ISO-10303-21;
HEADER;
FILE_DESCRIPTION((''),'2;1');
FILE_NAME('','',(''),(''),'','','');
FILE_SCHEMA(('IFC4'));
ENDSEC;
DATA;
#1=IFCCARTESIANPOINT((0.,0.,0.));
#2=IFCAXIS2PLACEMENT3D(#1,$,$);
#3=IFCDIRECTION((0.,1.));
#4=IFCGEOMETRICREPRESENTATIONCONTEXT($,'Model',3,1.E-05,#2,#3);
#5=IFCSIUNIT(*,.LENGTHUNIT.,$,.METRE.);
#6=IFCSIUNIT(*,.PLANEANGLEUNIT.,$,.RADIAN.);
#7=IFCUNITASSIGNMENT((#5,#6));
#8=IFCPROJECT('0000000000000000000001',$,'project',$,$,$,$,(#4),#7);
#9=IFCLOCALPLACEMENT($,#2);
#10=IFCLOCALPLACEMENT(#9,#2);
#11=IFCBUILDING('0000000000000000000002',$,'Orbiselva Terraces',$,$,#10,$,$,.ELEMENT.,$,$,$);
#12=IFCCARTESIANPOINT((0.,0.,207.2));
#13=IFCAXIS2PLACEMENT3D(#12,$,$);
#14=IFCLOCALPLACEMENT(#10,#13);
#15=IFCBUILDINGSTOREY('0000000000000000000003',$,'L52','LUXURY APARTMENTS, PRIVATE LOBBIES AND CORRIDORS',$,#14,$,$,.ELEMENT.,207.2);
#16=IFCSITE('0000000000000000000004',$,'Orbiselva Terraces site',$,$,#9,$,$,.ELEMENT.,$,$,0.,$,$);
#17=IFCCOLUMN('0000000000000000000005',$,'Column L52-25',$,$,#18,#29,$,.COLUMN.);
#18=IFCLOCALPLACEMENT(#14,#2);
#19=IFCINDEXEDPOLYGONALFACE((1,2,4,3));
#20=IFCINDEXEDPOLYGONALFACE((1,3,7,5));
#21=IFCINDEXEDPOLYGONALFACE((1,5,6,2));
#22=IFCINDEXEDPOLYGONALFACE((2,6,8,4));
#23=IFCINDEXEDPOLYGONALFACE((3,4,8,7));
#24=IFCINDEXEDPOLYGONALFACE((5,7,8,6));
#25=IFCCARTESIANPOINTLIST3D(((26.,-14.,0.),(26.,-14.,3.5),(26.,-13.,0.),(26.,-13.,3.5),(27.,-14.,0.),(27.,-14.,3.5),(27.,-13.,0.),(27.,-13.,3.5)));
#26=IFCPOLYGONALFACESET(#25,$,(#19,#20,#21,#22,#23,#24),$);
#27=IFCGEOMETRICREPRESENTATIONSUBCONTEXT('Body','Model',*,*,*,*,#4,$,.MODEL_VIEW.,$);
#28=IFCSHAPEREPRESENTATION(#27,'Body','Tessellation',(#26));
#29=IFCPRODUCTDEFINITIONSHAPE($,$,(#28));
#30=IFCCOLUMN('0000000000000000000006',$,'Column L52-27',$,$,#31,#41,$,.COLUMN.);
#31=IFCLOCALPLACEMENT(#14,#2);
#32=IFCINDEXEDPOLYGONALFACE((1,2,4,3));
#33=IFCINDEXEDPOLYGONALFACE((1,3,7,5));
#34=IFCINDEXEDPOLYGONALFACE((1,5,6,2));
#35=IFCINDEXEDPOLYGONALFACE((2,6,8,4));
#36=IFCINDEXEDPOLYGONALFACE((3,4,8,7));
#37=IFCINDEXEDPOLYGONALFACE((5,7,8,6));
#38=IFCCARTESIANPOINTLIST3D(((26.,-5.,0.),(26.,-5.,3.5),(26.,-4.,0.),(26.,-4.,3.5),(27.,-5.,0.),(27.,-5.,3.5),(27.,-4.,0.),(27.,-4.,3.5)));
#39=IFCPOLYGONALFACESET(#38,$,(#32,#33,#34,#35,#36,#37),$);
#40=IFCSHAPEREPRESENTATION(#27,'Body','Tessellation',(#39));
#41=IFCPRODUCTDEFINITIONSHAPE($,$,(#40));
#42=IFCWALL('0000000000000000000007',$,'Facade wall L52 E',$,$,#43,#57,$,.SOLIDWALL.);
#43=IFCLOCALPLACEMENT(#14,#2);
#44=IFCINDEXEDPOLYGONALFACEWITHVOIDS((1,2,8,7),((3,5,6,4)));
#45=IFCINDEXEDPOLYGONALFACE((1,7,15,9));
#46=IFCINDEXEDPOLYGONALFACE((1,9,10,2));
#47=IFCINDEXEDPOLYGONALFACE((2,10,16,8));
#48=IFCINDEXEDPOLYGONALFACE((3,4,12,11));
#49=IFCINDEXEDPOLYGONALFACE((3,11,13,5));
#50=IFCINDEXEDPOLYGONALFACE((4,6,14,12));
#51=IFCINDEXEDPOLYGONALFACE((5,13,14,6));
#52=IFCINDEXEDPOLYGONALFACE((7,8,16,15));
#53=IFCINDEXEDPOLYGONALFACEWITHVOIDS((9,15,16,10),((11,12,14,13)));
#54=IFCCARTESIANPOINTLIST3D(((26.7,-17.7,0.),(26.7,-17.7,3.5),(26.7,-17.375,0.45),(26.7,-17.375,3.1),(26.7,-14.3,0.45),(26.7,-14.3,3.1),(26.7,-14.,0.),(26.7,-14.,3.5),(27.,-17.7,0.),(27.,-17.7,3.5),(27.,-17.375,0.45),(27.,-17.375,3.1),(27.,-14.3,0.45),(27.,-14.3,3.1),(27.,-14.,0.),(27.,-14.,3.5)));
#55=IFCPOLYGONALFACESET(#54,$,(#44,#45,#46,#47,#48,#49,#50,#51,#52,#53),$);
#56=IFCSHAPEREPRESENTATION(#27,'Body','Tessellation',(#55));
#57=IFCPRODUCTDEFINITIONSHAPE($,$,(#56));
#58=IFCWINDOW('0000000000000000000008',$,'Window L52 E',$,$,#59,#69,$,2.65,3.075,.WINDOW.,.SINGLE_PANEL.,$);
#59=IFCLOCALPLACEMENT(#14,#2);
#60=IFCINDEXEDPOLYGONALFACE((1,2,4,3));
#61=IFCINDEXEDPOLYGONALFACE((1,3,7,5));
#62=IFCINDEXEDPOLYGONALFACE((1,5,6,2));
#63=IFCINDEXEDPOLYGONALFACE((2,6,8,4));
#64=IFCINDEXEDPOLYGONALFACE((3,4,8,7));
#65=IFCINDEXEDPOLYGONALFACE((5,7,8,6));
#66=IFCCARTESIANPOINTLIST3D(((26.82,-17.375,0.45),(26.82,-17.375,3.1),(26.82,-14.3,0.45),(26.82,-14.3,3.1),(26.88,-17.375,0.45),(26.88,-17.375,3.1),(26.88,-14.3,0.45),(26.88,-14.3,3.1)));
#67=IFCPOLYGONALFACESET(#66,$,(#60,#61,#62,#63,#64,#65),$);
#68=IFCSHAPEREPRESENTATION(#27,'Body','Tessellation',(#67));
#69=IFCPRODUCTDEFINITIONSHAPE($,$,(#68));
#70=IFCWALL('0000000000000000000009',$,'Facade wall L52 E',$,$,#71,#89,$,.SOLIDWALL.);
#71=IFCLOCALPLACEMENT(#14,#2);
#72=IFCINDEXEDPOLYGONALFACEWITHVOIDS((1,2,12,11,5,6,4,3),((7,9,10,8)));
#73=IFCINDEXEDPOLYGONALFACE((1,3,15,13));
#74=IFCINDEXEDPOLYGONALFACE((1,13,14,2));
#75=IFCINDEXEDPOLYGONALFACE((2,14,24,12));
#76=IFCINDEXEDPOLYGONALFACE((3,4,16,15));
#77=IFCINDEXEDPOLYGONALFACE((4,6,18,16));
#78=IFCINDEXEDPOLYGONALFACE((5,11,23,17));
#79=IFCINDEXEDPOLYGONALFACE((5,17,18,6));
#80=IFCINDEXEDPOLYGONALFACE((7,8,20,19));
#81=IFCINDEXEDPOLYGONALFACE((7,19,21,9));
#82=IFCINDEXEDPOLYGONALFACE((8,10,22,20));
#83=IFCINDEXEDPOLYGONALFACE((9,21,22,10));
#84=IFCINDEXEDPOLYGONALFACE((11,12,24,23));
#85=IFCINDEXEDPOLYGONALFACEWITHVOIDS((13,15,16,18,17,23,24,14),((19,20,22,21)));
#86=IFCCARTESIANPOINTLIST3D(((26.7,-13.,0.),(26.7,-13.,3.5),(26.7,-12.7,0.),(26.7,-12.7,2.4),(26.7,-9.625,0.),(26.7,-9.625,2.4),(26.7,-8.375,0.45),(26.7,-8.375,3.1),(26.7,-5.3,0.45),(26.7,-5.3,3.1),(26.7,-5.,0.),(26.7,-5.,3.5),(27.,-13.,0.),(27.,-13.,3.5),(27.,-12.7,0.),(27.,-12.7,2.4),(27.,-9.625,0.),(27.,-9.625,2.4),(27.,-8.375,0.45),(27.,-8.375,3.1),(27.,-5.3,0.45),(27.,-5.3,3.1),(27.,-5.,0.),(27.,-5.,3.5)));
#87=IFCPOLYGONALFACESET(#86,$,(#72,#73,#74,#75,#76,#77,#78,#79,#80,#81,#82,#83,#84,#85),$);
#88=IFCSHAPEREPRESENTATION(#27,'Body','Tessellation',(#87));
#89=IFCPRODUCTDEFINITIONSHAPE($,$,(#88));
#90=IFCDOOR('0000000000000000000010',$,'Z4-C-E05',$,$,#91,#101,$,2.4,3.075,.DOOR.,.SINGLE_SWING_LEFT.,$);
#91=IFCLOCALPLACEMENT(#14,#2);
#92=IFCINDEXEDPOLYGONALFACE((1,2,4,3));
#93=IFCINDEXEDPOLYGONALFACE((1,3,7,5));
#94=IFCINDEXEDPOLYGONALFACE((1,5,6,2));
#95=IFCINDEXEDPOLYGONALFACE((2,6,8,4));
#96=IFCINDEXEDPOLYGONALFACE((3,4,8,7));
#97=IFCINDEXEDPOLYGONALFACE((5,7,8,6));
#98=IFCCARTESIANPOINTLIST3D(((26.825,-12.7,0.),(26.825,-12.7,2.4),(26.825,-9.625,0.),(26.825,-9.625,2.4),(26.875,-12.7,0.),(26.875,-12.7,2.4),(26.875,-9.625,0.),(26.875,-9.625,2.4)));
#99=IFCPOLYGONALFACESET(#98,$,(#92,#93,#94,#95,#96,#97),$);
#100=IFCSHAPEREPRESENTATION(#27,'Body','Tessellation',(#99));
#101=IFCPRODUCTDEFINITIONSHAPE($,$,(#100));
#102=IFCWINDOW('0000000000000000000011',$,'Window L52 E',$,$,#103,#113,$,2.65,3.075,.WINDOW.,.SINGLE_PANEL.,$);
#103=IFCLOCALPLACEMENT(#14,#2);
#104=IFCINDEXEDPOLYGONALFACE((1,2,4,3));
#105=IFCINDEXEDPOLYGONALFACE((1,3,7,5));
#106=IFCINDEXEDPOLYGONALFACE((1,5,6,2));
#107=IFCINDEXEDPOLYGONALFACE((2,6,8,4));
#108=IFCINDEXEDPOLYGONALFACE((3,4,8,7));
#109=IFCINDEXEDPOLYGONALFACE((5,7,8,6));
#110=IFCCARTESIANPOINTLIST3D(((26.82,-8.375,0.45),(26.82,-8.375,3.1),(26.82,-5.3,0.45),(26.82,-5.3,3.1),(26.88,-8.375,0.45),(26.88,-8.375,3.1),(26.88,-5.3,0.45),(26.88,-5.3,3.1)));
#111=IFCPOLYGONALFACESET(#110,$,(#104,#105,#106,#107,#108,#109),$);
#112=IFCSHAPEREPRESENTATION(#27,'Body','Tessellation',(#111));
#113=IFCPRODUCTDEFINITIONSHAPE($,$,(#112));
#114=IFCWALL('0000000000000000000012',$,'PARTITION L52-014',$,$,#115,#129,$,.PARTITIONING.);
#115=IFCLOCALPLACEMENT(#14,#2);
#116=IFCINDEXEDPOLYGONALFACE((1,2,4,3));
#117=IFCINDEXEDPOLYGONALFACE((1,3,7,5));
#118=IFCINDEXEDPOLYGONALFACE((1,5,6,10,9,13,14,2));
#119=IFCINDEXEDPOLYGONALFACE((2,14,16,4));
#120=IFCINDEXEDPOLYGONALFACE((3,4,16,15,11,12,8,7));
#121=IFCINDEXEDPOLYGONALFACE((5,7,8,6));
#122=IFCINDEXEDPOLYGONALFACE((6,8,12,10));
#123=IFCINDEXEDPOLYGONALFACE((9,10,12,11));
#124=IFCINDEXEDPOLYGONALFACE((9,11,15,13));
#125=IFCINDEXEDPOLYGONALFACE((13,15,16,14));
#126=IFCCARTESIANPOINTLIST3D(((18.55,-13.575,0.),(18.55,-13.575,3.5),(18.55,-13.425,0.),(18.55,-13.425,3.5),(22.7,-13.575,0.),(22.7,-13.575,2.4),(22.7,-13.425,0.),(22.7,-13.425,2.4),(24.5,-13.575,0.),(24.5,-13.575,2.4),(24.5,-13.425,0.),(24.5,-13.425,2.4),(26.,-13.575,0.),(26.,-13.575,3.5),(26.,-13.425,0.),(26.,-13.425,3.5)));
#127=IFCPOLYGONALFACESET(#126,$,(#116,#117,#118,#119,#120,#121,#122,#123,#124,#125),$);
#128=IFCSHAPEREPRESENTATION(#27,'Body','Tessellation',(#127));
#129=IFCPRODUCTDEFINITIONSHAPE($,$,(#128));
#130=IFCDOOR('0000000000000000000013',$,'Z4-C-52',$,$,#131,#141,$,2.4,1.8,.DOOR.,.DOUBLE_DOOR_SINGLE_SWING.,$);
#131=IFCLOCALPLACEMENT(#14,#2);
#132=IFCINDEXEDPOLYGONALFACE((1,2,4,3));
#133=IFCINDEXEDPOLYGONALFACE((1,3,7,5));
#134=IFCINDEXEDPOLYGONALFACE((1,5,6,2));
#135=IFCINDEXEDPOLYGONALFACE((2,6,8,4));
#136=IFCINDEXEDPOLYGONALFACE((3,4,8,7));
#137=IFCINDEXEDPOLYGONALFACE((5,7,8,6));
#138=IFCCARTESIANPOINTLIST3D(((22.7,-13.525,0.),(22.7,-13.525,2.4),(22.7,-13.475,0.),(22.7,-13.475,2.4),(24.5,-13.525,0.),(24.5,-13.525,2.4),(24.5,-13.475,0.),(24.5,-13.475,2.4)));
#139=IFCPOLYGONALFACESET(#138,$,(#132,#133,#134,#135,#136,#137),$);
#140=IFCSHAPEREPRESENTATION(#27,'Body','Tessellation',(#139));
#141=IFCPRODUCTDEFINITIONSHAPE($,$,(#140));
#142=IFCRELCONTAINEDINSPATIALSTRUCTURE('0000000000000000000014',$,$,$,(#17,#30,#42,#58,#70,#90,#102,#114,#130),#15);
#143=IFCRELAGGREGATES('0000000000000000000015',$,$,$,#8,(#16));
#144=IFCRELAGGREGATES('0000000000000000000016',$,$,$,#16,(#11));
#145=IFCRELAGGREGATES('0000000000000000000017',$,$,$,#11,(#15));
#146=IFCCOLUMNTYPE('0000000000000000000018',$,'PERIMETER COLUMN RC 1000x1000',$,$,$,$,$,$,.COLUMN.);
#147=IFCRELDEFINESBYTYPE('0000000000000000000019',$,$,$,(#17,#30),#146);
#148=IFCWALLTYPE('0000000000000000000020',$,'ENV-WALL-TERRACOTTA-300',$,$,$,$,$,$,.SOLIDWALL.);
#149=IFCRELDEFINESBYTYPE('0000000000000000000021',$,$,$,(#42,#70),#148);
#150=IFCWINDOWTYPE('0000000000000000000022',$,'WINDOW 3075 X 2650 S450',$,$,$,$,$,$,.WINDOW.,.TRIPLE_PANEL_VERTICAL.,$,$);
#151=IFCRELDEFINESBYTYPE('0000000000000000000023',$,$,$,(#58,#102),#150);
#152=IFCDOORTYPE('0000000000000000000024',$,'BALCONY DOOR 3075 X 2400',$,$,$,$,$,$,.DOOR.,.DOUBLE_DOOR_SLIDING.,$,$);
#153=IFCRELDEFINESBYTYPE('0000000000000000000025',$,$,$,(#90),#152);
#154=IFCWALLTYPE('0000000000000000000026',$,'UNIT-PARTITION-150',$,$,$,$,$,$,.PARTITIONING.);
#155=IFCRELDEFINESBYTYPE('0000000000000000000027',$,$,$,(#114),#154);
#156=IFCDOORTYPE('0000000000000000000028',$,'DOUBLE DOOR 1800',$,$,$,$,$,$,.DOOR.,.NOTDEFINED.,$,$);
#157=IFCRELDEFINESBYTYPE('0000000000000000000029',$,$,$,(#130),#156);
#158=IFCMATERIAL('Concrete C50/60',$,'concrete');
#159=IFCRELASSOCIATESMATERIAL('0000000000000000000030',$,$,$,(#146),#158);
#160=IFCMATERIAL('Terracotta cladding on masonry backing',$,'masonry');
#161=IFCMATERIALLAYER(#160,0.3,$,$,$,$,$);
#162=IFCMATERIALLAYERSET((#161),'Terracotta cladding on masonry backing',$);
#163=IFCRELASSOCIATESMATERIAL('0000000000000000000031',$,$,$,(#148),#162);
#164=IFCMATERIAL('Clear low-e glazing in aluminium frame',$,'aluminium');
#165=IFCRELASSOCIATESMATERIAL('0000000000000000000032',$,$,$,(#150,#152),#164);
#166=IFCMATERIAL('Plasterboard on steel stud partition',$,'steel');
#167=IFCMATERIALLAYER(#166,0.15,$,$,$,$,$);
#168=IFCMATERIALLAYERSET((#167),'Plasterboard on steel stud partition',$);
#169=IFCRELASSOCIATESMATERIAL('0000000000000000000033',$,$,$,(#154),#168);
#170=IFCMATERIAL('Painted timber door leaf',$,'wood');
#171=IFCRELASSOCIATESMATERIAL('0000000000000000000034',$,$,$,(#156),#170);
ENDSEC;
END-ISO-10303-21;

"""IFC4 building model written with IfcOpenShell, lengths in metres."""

from ifc_helpers import new_model, si_unit, direction, frame, frame_2d, origin, origin_2d, place, context, subcontext, project, spatial, rectangle, extrude, material, layer, layer_set, material_profile, profile_set, type_object, element, fill, save


model = new_model("IFC4")

# Units and contexts
model_context = context("Model", 3, precision=1e-05, world=origin(), true_north=direction((0.0, 1.0)))
body_context = subcontext(model_context, "Body", "Model", "MODEL_VIEW")
ifc_project = project(units=[si_unit("LENGTHUNIT", "METRE"), si_unit("PLANEANGLEUNIT", "RADIAN")], contexts=[model_context])

# Site, building, storey
site_placement = place(None, origin())
site = spatial("IfcSite", under=ifc_project, at=site_placement, Name="Orbiselva Terraces site", CompositionType="ELEMENT", RefElevation=0.0)
building_placement = place(site_placement, origin())
building = spatial("IfcBuilding", under=site, at=building_placement, Name="Orbiselva Terraces", CompositionType="ELEMENT")
storey_placement = place(building_placement, frame((0.0, 0.0, 207.2)))
storey = spatial("IfcBuildingStorey", under=building, at=storey_placement, Name="L52", Description="LUXURY APARTMENTS, PRIVATE LOBBIES AND CORRIDORS", CompositionType="ELEMENT", Elevation=207.2)

# Columns
ifc_material_1 = material(Name="Concrete C50/60", Category="concrete")
ifc_material_profile = material_profile(ifc_material_1, rectangle(XDim=1.0, YDim=1.0, at=origin_2d()), Name="RC 1000x1000")
ifc_profile_set = profile_set([ifc_material_profile], Name="Concrete C50/60")
column_type = type_object("IfcColumnType", Name="PERIMETER COLUMN RC 1000x1000", PredefinedType="COLUMN", material=ifc_profile_set)
for number, where, z_axis, x_axis, name in (
    (1, (26.5, -13.5, 0.0), (0.0, 0.0, 1.0), (1.0, 0.0, 0.0), "Column L52-25"),
    (2, (26.5, -4.5, 0.0), (0.0, 0.0, 1.0), (1.0, 0.0, 0.0), "Column L52-27"),
):
    element("IfcColumn", number, at=place(storey_placement, frame(where, z_axis=z_axis, x_axis=x_axis)), inside=storey, type_object=column_type, Name=name, PredefinedType="COLUMN", context=body_context, shape_type="SweptSolid", body=[
        extrude(rectangle(XDim=1.0, YDim=1.0, at=origin_2d()), origin(), (0.0, 0.0, 1.0), 3.5),
    ])

# Wall, opening, window
ifc_material_2 = material(Name="Terracotta cladding on masonry backing", Category="masonry")
ifc_layer_1 = layer(ifc_material_2, 0.3)
ifc_layer_set_1 = layer_set([ifc_layer_1], Name="Terracotta cladding on masonry backing")
wall_type_1 = type_object("IfcWallType", Name="ENV-WALL-TERRACOTTA-300", PredefinedType="SOLIDWALL", material=ifc_layer_set_1)
wall_1_placement = place(storey_placement, frame((26.85, -14.0, 0.0), z_axis=(0.0, 0.0, 1.0), x_axis=(0.0, -1.0, 0.0)))
wall_1 = element("IfcWall", 3, at=wall_1_placement, inside=storey, type_object=wall_type_1, Name="Facade wall L52 E", PredefinedType="SOLIDWALL", context=body_context, shape_type="SweptSolid", body=[
    extrude(rectangle(XDim=3.7, YDim=0.3, at=frame_2d((1.85, 0.0))), origin(), (0.0, 0.0, 1.0), 3.5),
])
opening_1_placement = place(wall_1_placement, frame((0.3, 0.0, 0.45)))
opening_1 = element("IfcOpeningElement", 4, at=opening_1_placement, cuts=wall_1, PredefinedType="OPENING", context=body_context, shape_type="SweptSolid", body=[
    extrude(rectangle(XDim=3.075, YDim=2.65, at=frame_2d((1.5375, 1.325))), frame((0.0, 0.16, 0.0), z_axis=(0.0, -1.0, 0.0), x_axis=(1.0, 0.0, 0.0)), (0.0, 0.0, 1.0), 0.32),
])
ifc_material_3 = material(Name="Clear low-e glazing in aluminium frame", Category="aluminium")
window_type = type_object("IfcWindowType", Name="WINDOW 3075 X 2650 S450", PartitioningType="TRIPLE_PANEL_VERTICAL", PredefinedType="WINDOW", material=ifc_material_3)
window_1_placement = place(opening_1_placement, origin())
window_1 = element("IfcWindow", 5, at=window_1_placement, inside=storey, type_object=window_type, Name="Window L52 E", OverallHeight=2.65, OverallWidth=3.075, PartitioningType="SINGLE_PANEL", PredefinedType="WINDOW", context=body_context, shape_type="SweptSolid", body=[
    extrude(rectangle(XDim=3.075, YDim=2.65, at=frame_2d((1.5375, 1.325))), frame((0.0, 0.03, 0.0), z_axis=(0.0, -1.0, 0.0), x_axis=(1.0, 0.0, 0.0)), (0.0, 0.0, 1.0), 0.06),
])
fill(opening_1, window_1)

# Wall, openings, door, window
wall_2_placement = place(storey_placement, frame((26.85, -5.0, 0.0), z_axis=(0.0, 0.0, 1.0), x_axis=(0.0, -1.0, 0.0)))
wall_2 = element("IfcWall", 6, at=wall_2_placement, inside=storey, type_object=wall_type_1, Name="Facade wall L52 E", PredefinedType="SOLIDWALL", context=body_context, shape_type="SweptSolid", body=[
    extrude(rectangle(XDim=8.0, YDim=0.3, at=frame_2d((4.0, 0.0))), origin(), (0.0, 0.0, 1.0), 3.5),
])
opening_2_placement = place(wall_2_placement, frame((4.625, 0.0, 0.0)))
opening_2 = element("IfcOpeningElement", 7, at=opening_2_placement, cuts=wall_2, PredefinedType="OPENING", context=body_context, shape_type="SweptSolid", body=[
    extrude(rectangle(XDim=3.075, YDim=2.4, at=frame_2d((1.5375, 1.2))), frame((0.0, 0.16, 0.0), z_axis=(0.0, -1.0, 0.0), x_axis=(1.0, 0.0, 0.0)), (0.0, 0.0, 1.0), 0.32),
])
opening_3_placement = place(wall_2_placement, frame((0.3, 0.0, 0.45)))
opening_3 = element("IfcOpeningElement", 8, at=opening_3_placement, cuts=wall_2, PredefinedType="OPENING", context=body_context, shape_type="SweptSolid", body=[
    extrude(rectangle(XDim=3.075, YDim=2.65, at=frame_2d((1.5375, 1.325))), frame((0.0, 0.16, 0.0), z_axis=(0.0, -1.0, 0.0), x_axis=(1.0, 0.0, 0.0)), (0.0, 0.0, 1.0), 0.32),
])
door_type_1 = type_object("IfcDoorType", Name="BALCONY DOOR 3075 X 2400", OperationType="DOUBLE_DOOR_SLIDING", PredefinedType="DOOR", material=ifc_material_3)
door_1_placement = place(opening_2_placement, origin())
door_1 = element("IfcDoor", 9, at=door_1_placement, inside=storey, type_object=door_type_1, Name="Z4-C-E05", OperationType="SINGLE_SWING_LEFT", OverallHeight=2.4, OverallWidth=3.075, PredefinedType="DOOR", context=body_context, shape_type="SweptSolid", body=[
    extrude(rectangle(XDim=3.075, YDim=2.4, at=frame_2d((1.5375, 1.2))), frame((0.0, 0.025, 0.0), z_axis=(0.0, -1.0, 0.0), x_axis=(1.0, 0.0, 0.0)), (0.0, 0.0, 1.0), 0.05),
])
fill(opening_2, door_1)
window_2_placement = place(opening_3_placement, origin())
window_2 = element("IfcWindow", 10, at=window_2_placement, inside=storey, type_object=window_type, Name="Window L52 E", OverallHeight=2.65, OverallWidth=3.075, PartitioningType="SINGLE_PANEL", PredefinedType="WINDOW", context=body_context, shape_type="SweptSolid", body=[
    extrude(rectangle(XDim=3.075, YDim=2.65, at=frame_2d((1.5375, 1.325))), frame((0.0, 0.03, 0.0), z_axis=(0.0, -1.0, 0.0), x_axis=(1.0, 0.0, 0.0)), (0.0, 0.0, 1.0), 0.06),
])
fill(opening_3, window_2)

# Wall, opening, door
ifc_material_4 = material(Name="Plasterboard on steel stud partition", Category="steel")
ifc_layer_2 = layer(ifc_material_4, 0.15)
ifc_layer_set_2 = layer_set([ifc_layer_2], Name="Plasterboard on steel stud partition")
wall_type_2 = type_object("IfcWallType", Name="UNIT-PARTITION-150", PredefinedType="PARTITIONING", material=ifc_layer_set_2)
wall_3_placement = place(storey_placement, frame((26.0, -13.5, 0.0), z_axis=(0.0, 0.0, 1.0), x_axis=(-1.0, 0.0, 0.0)))
wall_3 = element("IfcWall", 11, at=wall_3_placement, inside=storey, type_object=wall_type_2, Name="PARTITION L52-014", PredefinedType="PARTITIONING", context=body_context, shape_type="SweptSolid", body=[
    extrude(rectangle(XDim=7.45, YDim=0.15, at=frame_2d((3.725, 0.0))), origin(), (0.0, 0.0, 1.0), 3.5),
])
opening_4_placement = place(wall_3_placement, frame((1.5, 0.0, 0.0)))
opening_4 = element("IfcOpeningElement", 12, at=opening_4_placement, cuts=wall_3, PredefinedType="OPENING", context=body_context, shape_type="SweptSolid", body=[
    extrude(rectangle(XDim=1.8, YDim=2.4, at=frame_2d((0.9, 1.2))), frame((0.0, 0.085, 0.0), z_axis=(0.0, -1.0, 0.0), x_axis=(1.0, 0.0, 0.0)), (0.0, 0.0, 1.0), 0.17),
])
ifc_material_5 = material(Name="Painted timber door leaf", Category="wood")
door_type_2 = type_object("IfcDoorType", Name="DOUBLE DOOR 1800", OperationType="NOTDEFINED", PredefinedType="DOOR", material=ifc_material_5)
door_2_placement = place(opening_4_placement, origin())
door_2 = element("IfcDoor", 13, at=door_2_placement, inside=storey, type_object=door_type_2, Name="Z4-C-52", OperationType="DOUBLE_DOOR_SINGLE_SWING", OverallHeight=2.4, OverallWidth=1.8, PredefinedType="DOOR", context=body_context, shape_type="SweptSolid", body=[
    extrude(rectangle(XDim=1.8, YDim=2.4, at=frame_2d((0.9, 1.2))), frame((0.0, 0.025, 0.0), z_axis=(0.0, -1.0, 0.0), x_axis=(1.0, 0.0, 0.0)), (0.0, 0.0, 1.0), 0.05),
])
fill(opening_4, door_2)

save(model, "model.ifc")
